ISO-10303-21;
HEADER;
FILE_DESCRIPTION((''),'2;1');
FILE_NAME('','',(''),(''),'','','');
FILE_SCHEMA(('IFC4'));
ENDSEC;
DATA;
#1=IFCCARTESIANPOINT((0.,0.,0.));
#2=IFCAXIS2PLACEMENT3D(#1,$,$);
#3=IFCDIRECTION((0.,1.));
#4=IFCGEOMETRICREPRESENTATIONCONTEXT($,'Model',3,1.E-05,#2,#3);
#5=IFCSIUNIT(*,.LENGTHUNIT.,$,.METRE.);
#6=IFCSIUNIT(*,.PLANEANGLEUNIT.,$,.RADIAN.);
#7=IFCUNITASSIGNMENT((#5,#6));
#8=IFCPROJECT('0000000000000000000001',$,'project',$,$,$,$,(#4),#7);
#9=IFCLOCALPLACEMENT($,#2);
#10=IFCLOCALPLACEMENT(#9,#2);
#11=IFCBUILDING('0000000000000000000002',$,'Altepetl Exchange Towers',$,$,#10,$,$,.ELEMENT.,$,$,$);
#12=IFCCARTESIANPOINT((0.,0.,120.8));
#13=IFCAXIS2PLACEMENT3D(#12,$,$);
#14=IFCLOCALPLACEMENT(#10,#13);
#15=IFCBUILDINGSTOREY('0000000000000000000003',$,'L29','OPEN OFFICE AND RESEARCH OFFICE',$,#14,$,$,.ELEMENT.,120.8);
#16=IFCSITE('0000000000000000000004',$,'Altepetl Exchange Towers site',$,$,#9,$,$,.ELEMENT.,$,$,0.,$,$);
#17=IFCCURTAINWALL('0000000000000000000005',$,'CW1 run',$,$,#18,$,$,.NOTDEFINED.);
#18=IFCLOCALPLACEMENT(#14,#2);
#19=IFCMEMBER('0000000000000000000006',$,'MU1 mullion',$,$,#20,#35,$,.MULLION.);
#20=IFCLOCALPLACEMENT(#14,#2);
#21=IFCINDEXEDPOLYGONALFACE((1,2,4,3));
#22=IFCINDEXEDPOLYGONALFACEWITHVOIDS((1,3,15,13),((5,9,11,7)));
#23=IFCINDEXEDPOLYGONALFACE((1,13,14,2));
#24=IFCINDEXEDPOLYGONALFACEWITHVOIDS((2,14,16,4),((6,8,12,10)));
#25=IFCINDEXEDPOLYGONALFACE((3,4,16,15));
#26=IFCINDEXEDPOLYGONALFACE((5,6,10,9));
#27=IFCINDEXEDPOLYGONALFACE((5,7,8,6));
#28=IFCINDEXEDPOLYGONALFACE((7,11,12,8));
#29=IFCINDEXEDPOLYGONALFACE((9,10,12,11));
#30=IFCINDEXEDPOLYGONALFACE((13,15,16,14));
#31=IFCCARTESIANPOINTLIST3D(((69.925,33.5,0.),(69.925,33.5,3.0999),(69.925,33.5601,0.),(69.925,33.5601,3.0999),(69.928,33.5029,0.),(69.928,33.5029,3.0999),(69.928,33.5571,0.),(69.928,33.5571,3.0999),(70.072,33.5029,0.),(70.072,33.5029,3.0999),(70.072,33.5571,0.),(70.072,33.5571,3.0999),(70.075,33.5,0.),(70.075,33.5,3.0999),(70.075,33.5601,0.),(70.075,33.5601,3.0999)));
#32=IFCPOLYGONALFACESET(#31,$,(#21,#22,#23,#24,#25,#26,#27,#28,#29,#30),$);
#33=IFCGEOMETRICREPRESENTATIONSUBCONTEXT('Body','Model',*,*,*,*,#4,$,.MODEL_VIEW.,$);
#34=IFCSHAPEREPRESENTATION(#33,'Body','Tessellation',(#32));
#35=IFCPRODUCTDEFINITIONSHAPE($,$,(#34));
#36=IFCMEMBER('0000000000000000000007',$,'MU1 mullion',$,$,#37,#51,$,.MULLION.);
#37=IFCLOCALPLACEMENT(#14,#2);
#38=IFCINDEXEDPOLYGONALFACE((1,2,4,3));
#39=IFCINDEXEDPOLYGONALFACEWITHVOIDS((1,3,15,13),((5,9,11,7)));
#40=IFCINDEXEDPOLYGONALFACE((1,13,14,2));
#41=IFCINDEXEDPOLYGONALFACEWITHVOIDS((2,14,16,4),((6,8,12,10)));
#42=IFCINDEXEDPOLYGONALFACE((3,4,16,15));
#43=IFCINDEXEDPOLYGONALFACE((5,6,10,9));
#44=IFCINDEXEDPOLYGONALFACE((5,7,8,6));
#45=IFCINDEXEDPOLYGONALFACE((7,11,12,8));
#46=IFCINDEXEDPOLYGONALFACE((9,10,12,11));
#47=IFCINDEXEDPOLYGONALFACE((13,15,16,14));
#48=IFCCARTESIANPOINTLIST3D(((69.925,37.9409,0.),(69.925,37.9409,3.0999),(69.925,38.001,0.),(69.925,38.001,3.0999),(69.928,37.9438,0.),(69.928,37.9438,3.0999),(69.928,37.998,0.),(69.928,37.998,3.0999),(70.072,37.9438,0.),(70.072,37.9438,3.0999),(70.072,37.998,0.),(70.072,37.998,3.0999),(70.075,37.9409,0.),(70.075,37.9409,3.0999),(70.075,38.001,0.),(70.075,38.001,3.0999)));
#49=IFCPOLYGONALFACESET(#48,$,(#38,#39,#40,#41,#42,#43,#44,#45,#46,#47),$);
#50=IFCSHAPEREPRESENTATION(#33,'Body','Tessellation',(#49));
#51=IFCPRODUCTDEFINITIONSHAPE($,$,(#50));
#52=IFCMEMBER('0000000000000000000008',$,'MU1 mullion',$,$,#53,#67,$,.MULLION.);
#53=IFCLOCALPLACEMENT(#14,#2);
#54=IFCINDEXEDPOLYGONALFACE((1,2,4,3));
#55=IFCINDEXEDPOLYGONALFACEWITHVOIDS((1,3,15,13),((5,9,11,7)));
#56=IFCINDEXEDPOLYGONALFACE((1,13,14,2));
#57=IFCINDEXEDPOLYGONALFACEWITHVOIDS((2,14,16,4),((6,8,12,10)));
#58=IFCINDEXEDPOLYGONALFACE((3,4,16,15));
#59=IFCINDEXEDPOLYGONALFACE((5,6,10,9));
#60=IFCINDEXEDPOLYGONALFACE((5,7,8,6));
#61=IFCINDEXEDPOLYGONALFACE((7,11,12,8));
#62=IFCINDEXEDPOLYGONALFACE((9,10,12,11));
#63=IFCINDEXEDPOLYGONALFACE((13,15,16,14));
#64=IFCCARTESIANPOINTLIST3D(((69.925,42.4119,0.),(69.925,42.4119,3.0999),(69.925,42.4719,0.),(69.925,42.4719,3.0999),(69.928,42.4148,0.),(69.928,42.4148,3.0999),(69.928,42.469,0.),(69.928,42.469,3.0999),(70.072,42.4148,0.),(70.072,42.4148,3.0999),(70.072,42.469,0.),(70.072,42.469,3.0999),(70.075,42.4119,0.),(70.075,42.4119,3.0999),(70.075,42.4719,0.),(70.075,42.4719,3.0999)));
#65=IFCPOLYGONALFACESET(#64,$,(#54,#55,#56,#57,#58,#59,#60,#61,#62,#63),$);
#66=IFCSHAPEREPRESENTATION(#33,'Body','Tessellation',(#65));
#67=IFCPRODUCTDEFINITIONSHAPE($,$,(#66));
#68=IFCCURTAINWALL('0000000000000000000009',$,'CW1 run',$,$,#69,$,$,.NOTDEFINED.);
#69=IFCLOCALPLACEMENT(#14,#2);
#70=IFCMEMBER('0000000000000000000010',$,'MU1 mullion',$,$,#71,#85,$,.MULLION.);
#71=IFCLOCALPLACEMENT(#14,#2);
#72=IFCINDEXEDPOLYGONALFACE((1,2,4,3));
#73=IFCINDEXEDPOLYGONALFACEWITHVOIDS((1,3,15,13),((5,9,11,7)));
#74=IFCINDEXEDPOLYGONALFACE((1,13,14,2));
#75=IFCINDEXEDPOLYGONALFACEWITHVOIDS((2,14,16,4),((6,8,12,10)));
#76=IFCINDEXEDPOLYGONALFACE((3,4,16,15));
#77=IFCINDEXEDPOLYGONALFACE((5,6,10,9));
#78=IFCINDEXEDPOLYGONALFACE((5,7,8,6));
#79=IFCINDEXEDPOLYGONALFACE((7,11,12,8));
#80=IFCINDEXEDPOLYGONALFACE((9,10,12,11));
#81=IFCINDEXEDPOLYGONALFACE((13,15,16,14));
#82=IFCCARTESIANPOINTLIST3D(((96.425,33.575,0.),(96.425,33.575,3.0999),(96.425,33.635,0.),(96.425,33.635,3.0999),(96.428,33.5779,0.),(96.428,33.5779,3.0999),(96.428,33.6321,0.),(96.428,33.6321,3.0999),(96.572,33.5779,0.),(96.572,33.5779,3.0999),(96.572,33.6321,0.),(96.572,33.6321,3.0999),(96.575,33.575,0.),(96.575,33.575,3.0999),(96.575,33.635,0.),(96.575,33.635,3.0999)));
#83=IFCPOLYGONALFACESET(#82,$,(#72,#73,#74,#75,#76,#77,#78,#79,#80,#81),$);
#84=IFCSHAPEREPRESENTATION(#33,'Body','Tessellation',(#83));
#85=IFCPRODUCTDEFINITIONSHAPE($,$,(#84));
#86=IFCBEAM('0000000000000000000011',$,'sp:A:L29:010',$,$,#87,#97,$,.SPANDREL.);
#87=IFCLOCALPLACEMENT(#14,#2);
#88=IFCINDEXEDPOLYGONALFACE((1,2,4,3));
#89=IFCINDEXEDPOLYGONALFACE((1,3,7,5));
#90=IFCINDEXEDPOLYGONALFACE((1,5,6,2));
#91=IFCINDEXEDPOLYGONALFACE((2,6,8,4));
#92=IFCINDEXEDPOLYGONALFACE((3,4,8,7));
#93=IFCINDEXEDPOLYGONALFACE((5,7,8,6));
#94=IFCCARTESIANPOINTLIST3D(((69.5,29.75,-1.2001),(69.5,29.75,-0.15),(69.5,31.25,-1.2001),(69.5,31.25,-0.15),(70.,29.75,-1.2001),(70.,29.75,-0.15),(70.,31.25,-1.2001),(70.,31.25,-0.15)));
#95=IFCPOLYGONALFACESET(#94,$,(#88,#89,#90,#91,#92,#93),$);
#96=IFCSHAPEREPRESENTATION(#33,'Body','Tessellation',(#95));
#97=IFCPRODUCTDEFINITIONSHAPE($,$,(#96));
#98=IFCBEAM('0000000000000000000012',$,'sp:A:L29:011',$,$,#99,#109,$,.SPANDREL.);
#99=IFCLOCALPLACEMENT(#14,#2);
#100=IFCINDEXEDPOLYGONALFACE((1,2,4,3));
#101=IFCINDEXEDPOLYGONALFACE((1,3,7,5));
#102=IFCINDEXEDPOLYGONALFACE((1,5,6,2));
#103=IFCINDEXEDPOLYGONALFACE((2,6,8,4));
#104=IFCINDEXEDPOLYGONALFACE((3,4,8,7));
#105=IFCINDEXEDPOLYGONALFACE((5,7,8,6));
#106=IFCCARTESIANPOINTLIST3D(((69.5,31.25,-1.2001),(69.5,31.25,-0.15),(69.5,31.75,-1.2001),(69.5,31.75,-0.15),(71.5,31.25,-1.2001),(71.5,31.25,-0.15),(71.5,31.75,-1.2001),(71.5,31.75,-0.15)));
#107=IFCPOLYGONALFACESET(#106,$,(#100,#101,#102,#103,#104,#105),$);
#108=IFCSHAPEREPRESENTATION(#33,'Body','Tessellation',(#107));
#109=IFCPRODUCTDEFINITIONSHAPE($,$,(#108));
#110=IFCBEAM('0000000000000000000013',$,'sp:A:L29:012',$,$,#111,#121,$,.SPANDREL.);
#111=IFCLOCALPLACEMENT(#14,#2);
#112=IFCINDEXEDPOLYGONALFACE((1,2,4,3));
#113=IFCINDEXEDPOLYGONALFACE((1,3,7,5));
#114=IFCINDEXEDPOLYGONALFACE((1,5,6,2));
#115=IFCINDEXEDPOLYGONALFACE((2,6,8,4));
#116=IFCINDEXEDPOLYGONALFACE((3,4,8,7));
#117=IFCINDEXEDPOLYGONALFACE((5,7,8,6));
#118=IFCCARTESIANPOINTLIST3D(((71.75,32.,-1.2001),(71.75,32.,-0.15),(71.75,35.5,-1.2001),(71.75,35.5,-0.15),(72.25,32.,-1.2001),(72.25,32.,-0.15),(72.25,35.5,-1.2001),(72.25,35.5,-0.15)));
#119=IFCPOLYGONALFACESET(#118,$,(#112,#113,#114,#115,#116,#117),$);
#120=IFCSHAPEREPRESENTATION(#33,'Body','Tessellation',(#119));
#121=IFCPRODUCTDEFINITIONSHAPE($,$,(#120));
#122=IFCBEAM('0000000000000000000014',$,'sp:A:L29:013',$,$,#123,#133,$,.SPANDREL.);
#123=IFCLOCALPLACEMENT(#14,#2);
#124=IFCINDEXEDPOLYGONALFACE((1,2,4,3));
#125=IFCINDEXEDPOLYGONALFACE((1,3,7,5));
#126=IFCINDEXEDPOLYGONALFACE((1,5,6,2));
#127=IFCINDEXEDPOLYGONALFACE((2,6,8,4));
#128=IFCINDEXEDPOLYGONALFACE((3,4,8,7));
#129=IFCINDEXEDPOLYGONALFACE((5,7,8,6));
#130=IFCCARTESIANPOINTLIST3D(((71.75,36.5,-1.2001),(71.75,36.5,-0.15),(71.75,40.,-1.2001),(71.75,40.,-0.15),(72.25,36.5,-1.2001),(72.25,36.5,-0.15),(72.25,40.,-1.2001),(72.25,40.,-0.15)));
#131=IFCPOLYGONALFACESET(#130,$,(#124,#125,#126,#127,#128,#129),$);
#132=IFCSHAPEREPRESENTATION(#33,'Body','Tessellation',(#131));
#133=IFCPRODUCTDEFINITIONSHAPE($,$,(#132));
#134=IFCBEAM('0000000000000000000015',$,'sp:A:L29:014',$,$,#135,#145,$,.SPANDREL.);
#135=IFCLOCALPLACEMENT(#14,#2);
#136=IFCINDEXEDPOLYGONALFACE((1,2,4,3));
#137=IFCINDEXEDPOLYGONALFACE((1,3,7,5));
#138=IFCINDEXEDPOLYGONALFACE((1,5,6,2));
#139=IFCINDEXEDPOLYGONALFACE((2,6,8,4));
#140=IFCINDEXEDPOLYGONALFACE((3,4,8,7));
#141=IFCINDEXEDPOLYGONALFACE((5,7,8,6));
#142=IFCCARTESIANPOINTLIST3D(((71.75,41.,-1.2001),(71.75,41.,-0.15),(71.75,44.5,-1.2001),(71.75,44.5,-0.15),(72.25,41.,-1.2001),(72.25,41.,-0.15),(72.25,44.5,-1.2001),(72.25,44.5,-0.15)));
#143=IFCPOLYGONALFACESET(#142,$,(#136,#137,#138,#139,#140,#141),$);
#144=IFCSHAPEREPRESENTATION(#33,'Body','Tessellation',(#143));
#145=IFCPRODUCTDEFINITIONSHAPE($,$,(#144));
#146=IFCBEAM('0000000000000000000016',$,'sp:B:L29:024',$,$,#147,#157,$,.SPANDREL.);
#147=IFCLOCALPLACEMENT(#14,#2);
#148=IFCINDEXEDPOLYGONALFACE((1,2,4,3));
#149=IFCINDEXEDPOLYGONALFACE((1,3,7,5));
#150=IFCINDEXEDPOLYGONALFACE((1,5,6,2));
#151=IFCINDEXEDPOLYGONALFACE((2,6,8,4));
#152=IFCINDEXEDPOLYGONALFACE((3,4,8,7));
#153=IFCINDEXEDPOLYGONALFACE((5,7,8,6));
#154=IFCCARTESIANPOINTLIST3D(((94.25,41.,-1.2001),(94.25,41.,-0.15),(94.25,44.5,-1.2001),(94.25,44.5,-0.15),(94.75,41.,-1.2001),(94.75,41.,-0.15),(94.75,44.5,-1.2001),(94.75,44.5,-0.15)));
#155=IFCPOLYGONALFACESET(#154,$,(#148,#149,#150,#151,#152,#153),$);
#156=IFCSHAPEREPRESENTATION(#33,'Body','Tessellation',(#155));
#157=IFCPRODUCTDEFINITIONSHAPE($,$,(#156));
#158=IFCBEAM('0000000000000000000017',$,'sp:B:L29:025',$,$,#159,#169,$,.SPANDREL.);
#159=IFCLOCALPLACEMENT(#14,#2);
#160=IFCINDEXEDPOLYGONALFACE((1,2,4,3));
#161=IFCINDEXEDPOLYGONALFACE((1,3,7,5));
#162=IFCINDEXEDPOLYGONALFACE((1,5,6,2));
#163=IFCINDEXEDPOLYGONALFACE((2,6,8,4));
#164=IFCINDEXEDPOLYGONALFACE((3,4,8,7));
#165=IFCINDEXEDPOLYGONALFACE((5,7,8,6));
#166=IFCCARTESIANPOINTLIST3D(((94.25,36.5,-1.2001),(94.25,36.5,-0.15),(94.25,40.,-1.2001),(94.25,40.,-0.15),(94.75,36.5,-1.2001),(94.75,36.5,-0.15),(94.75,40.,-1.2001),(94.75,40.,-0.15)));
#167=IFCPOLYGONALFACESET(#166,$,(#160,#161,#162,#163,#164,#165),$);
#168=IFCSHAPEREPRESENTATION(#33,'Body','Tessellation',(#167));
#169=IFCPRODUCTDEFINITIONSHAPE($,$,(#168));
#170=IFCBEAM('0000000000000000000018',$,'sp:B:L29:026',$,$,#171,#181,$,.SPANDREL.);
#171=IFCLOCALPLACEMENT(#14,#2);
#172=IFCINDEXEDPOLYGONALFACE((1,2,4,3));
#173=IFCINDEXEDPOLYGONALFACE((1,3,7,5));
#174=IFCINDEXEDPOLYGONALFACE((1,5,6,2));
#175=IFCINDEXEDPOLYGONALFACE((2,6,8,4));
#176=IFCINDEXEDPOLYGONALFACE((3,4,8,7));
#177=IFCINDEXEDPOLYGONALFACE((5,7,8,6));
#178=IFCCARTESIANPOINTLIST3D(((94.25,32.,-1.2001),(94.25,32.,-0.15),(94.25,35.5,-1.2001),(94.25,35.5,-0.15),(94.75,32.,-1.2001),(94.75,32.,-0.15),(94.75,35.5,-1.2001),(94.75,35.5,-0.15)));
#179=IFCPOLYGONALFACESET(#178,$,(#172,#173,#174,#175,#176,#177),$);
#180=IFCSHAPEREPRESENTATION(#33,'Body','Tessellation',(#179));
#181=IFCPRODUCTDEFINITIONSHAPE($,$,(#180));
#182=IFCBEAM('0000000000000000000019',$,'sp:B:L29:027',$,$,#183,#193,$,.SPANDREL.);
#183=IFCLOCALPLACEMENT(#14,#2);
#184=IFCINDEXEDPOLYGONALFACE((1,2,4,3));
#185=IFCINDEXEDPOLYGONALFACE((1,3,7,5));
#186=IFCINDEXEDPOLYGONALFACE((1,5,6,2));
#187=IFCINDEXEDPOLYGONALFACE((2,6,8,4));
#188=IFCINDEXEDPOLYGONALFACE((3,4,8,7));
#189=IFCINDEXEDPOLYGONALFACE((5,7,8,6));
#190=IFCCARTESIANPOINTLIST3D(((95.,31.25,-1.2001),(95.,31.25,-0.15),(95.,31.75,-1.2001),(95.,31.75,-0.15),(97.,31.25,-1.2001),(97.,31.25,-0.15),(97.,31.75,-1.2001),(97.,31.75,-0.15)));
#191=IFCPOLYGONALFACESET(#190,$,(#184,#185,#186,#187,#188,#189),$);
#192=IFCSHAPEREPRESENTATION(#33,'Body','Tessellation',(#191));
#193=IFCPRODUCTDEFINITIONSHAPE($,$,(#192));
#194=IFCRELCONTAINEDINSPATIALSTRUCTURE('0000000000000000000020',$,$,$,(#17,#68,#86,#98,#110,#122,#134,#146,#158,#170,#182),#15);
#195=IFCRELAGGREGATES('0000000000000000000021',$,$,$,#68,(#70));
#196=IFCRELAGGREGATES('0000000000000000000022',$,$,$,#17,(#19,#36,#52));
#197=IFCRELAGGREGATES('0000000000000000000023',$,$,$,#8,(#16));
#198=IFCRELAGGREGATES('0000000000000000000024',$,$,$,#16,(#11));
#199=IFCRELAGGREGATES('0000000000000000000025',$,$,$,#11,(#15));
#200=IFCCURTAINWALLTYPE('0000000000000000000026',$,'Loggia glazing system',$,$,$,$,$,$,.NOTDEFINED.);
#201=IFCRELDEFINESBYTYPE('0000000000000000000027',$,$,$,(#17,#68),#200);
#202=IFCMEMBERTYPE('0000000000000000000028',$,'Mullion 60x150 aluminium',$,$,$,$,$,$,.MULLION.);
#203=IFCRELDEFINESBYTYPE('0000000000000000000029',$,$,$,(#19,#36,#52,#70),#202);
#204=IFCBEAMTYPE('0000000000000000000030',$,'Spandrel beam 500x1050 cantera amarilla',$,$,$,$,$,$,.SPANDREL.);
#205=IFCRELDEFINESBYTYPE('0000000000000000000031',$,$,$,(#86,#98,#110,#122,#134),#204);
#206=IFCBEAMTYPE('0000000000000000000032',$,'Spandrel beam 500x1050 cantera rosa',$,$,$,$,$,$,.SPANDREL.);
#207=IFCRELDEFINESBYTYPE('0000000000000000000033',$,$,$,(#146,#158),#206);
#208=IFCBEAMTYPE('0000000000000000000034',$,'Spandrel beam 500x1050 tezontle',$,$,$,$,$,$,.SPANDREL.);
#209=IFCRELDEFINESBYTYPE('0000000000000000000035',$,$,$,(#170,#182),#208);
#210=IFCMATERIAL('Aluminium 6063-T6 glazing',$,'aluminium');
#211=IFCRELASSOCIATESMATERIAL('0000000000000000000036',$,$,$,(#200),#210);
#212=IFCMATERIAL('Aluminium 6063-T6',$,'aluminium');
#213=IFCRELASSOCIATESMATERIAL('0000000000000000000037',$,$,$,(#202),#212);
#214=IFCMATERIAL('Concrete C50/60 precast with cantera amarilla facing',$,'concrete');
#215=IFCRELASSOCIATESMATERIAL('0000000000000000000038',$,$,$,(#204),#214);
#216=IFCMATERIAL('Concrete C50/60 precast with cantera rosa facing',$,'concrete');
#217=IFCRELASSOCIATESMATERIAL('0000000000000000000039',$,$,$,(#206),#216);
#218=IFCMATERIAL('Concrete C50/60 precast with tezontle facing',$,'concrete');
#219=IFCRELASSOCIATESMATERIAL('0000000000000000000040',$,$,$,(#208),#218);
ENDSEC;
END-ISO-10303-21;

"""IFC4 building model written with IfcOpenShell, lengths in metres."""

from ifc_helpers import new_model, si_unit, direction, frame, origin, origin_2d, place, context, subcontext, project, spatial, rectangle, hollow_rectangle, extrude, material, material_profile, profile_set, type_object, element, aggregate, save


model = new_model("IFC4")

# Units and contexts
model_context = context("Model", 3, precision=1e-05, world=origin(), true_north=direction((0.0, 1.0)))
body_context = subcontext(model_context, "Body", "Model", "MODEL_VIEW")
ifc_project = project(units=[si_unit("LENGTHUNIT", "METRE"), si_unit("PLANEANGLEUNIT", "RADIAN")], contexts=[model_context])

# Site, building, storey
site_placement = place(None, origin())
site = spatial("IfcSite", under=ifc_project, at=site_placement, Name="Altepetl Exchange Towers site", CompositionType="ELEMENT", RefElevation=0.0)
building_placement = place(site_placement, origin())
building = spatial("IfcBuilding", under=site, at=building_placement, Name="Altepetl Exchange Towers", CompositionType="ELEMENT")
storey_placement = place(building_placement, frame((0.0, 0.0, 120.8)))
storey = spatial("IfcBuildingStorey", under=building, at=storey_placement, Name="L29", Description="OPEN OFFICE AND RESEARCH OFFICE", CompositionType="ELEMENT", Elevation=120.8)

# Curtain wall, members
ifc_material_1 = material(Name="Aluminium 6063-T6 glazing", Category="aluminium")
curtain_wall_type = type_object("IfcCurtainWallType", Name="Loggia glazing system", PredefinedType="NOTDEFINED", material=ifc_material_1)
ifc_material_2 = material(Name="Aluminium 6063-T6", Category="aluminium")
ifc_material_profile_1 = material_profile(ifc_material_2, hollow_rectangle(XDim=0.0601, YDim=0.1499, WallThickness=0.0029, at=origin_2d()), Name="Mullion 60x150 aluminium")
ifc_profile_set_1 = profile_set([ifc_material_profile_1], Name="Aluminium 6063-T6")
member_type = type_object("IfcMemberType", Name="Mullion 60x150 aluminium", PredefinedType="MULLION", material=ifc_profile_set_1)
curtain_wall_1_placement = place(storey_placement, origin())
curtain_wall_1 = element("IfcCurtainWall", 1, at=curtain_wall_1_placement, inside=storey, type_object=curtain_wall_type, Name="CW1 run", PredefinedType="NOTDEFINED")
member_1_placement = place(storey_placement, frame((70.0, 33.53, 0.0), z_axis=(0.0, 0.0, 1.0), x_axis=(0.0, 1.0, 0.0)))
member_1 = element("IfcMember", 2, at=member_1_placement, type_object=member_type, Name="MU1 mullion", PredefinedType="MULLION", context=body_context, shape_type="SweptSolid", body=[
    extrude(hollow_rectangle(XDim=0.0601, YDim=0.1499, WallThickness=0.0029, at=origin_2d()), origin(), (0.0, 0.0, 1.0), 3.0999),
])
member_2_placement = place(storey_placement, frame((70.0, 37.9709, 0.0), z_axis=(0.0, 0.0, 1.0), x_axis=(0.0, 1.0, 0.0)))
member_2 = element("IfcMember", 3, at=member_2_placement, type_object=member_type, Name="MU1 mullion", PredefinedType="MULLION", context=body_context, shape_type="SweptSolid", body=[
    extrude(hollow_rectangle(XDim=0.0601, YDim=0.1499, WallThickness=0.0029, at=origin_2d()), origin(), (0.0, 0.0, 1.0), 3.0999),
])
member_3_placement = place(storey_placement, frame((70.0, 42.4419, 0.0), z_axis=(0.0, 0.0, 1.0), x_axis=(0.0, 1.0, 0.0)))
member_3 = element("IfcMember", 4, at=member_3_placement, type_object=member_type, Name="MU1 mullion", PredefinedType="MULLION", context=body_context, shape_type="SweptSolid", body=[
    extrude(hollow_rectangle(XDim=0.0601, YDim=0.1499, WallThickness=0.0029, at=origin_2d()), origin(), (0.0, 0.0, 1.0), 3.0999),
])

# Curtain wall, member
curtain_wall_2_placement = place(storey_placement, origin())
curtain_wall_2 = element("IfcCurtainWall", 5, at=curtain_wall_2_placement, inside=storey, type_object=curtain_wall_type, Name="CW1 run", PredefinedType="NOTDEFINED")
member_4_placement = place(storey_placement, frame((96.5, 33.605, 0.0), z_axis=(0.0, 0.0, 1.0), x_axis=(0.0, -1.0, 0.0)))
member_4 = element("IfcMember", 6, at=member_4_placement, type_object=member_type, Name="MU1 mullion", PredefinedType="MULLION", context=body_context, shape_type="SweptSolid", body=[
    extrude(hollow_rectangle(XDim=0.0601, YDim=0.1499, WallThickness=0.0029, at=origin_2d()), origin(), (0.0, 0.0, 1.0), 3.0999),
])
aggregate(curtain_wall_2, [member_4])

# Beams
ifc_material_3 = material(Name="Concrete C50/60 precast with cantera amarilla facing", Category="concrete")
ifc_material_profile_2 = material_profile(ifc_material_3, rectangle(XDim=0.5, YDim=1.05, at=origin_2d()), Name="500 x 1050")
ifc_profile_set_2 = profile_set([ifc_material_profile_2], Name="Concrete C50/60 precast with cantera amarilla facing")
beam_type_1 = type_object("IfcBeamType", Name="Spandrel beam 500x1050 cantera amarilla", PredefinedType="SPANDREL", material=ifc_profile_set_2)
beam_1_placement = place(storey_placement, frame((69.75, 29.75, -0.675), z_axis=(0.0, 1.0, 0.0), x_axis=(-1.0, 0.0, 0.0)))
element("IfcBeam", 7, at=beam_1_placement, inside=storey, type_object=beam_type_1, Name="sp:A:L29:010", PredefinedType="SPANDREL", context=body_context, shape_type="SweptSolid", body=[
    extrude(rectangle(XDim=0.5, YDim=1.05, at=origin_2d()), origin(), (0.0, 0.0, 1.0), 1.5),
])
beam_2_placement = place(storey_placement, frame((69.5, 31.5, -0.675), z_axis=(1.0, 0.0, 0.0), x_axis=(0.0, 1.0, 0.0)))
element("IfcBeam", 8, at=beam_2_placement, inside=storey, type_object=beam_type_1, Name="sp:A:L29:011", PredefinedType="SPANDREL", context=body_context, shape_type="SweptSolid", body=[
    extrude(rectangle(XDim=0.5, YDim=1.05, at=origin_2d()), origin(), (0.0, 0.0, 1.0), 2.0),
])
for number, where, z_axis, x_axis, name in (
    (9, (72.0, 32.0, -0.675), (0.0, 1.0, 0.0), (-1.0, 0.0, 0.0), "sp:A:L29:012"),
    (10, (72.0, 36.5, -0.675), (0.0, 1.0, 0.0), (-1.0, 0.0, 0.0), "sp:A:L29:013"),
    (11, (72.0, 41.0, -0.675), (0.0, 1.0, 0.0), (-1.0, 0.0, 0.0), "sp:A:L29:014"),
):
    element("IfcBeam", number, at=place(storey_placement, frame(where, z_axis=z_axis, x_axis=x_axis)), inside=storey, type_object=beam_type_1, Name=name, PredefinedType="SPANDREL", context=body_context, shape_type="SweptSolid", body=[
        extrude(rectangle(XDim=0.5, YDim=1.05, at=origin_2d()), origin(), (0.0, 0.0, 1.0), 3.5),
    ])
ifc_material_4 = material(Name="Concrete C50/60 precast with cantera rosa facing", Category="concrete")
ifc_material_profile_3 = material_profile(ifc_material_4, rectangle(XDim=0.5, YDim=1.05, at=origin_2d()), Name="500 x 1050")
ifc_profile_set_3 = profile_set([ifc_material_profile_3], Name="Concrete C50/60 precast with cantera rosa facing")
beam_type_2 = type_object("IfcBeamType", Name="Spandrel beam 500x1050 cantera rosa", PredefinedType="SPANDREL", material=ifc_profile_set_3)
for number, where, z_axis, x_axis, name in (
    (12, (94.5, 44.5, -0.675), (0.0, -1.0, 0.0), (1.0, 0.0, 0.0), "sp:B:L29:024"),
    (13, (94.5, 40.0, -0.675), (0.0, -1.0, 0.0), (1.0, 0.0, 0.0), "sp:B:L29:025"),
):
    element("IfcBeam", number, at=place(storey_placement, frame(where, z_axis=z_axis, x_axis=x_axis)), inside=storey, type_object=beam_type_2, Name=name, PredefinedType="SPANDREL", context=body_context, shape_type="SweptSolid", body=[
        extrude(rectangle(XDim=0.5, YDim=1.05, at=origin_2d()), origin(), (0.0, 0.0, 1.0), 3.5),
    ])
ifc_material_5 = material(Name="Concrete C50/60 precast with tezontle facing", Category="concrete")
ifc_material_profile_4 = material_profile(ifc_material_5, rectangle(XDim=0.5, YDim=1.05, at=origin_2d()), Name="500 x 1050")
ifc_profile_set_4 = profile_set([ifc_material_profile_4], Name="Concrete C50/60 precast with tezontle facing")
beam_type_3 = type_object("IfcBeamType", Name="Spandrel beam 500x1050 tezontle", PredefinedType="SPANDREL", material=ifc_profile_set_4)
beam_3_placement = place(storey_placement, frame((94.5, 35.5, -0.675), z_axis=(0.0, -1.0, 0.0), x_axis=(1.0, 0.0, 0.0)))
element("IfcBeam", 14, at=beam_3_placement, inside=storey, type_object=beam_type_3, Name="sp:B:L29:026", PredefinedType="SPANDREL", context=body_context, shape_type="SweptSolid", body=[
    extrude(rectangle(XDim=0.5, YDim=1.05, at=origin_2d()), origin(), (0.0, 0.0, 1.0), 3.5),
])
beam_4_placement = place(storey_placement, frame((95.0, 31.5, -0.675), z_axis=(1.0, 0.0, 0.0), x_axis=(0.0, 1.0, 0.0)))
element("IfcBeam", 15, at=beam_4_placement, inside=storey, type_object=beam_type_3, Name="sp:B:L29:027", PredefinedType="SPANDREL", context=body_context, shape_type="SweptSolid", body=[
    extrude(rectangle(XDim=0.5, YDim=1.05, at=origin_2d()), origin(), (0.0, 0.0, 1.0), 2.0),
])

aggregate(curtain_wall_1, [member_1, member_2, member_3])

save(model, "model.ifc")
